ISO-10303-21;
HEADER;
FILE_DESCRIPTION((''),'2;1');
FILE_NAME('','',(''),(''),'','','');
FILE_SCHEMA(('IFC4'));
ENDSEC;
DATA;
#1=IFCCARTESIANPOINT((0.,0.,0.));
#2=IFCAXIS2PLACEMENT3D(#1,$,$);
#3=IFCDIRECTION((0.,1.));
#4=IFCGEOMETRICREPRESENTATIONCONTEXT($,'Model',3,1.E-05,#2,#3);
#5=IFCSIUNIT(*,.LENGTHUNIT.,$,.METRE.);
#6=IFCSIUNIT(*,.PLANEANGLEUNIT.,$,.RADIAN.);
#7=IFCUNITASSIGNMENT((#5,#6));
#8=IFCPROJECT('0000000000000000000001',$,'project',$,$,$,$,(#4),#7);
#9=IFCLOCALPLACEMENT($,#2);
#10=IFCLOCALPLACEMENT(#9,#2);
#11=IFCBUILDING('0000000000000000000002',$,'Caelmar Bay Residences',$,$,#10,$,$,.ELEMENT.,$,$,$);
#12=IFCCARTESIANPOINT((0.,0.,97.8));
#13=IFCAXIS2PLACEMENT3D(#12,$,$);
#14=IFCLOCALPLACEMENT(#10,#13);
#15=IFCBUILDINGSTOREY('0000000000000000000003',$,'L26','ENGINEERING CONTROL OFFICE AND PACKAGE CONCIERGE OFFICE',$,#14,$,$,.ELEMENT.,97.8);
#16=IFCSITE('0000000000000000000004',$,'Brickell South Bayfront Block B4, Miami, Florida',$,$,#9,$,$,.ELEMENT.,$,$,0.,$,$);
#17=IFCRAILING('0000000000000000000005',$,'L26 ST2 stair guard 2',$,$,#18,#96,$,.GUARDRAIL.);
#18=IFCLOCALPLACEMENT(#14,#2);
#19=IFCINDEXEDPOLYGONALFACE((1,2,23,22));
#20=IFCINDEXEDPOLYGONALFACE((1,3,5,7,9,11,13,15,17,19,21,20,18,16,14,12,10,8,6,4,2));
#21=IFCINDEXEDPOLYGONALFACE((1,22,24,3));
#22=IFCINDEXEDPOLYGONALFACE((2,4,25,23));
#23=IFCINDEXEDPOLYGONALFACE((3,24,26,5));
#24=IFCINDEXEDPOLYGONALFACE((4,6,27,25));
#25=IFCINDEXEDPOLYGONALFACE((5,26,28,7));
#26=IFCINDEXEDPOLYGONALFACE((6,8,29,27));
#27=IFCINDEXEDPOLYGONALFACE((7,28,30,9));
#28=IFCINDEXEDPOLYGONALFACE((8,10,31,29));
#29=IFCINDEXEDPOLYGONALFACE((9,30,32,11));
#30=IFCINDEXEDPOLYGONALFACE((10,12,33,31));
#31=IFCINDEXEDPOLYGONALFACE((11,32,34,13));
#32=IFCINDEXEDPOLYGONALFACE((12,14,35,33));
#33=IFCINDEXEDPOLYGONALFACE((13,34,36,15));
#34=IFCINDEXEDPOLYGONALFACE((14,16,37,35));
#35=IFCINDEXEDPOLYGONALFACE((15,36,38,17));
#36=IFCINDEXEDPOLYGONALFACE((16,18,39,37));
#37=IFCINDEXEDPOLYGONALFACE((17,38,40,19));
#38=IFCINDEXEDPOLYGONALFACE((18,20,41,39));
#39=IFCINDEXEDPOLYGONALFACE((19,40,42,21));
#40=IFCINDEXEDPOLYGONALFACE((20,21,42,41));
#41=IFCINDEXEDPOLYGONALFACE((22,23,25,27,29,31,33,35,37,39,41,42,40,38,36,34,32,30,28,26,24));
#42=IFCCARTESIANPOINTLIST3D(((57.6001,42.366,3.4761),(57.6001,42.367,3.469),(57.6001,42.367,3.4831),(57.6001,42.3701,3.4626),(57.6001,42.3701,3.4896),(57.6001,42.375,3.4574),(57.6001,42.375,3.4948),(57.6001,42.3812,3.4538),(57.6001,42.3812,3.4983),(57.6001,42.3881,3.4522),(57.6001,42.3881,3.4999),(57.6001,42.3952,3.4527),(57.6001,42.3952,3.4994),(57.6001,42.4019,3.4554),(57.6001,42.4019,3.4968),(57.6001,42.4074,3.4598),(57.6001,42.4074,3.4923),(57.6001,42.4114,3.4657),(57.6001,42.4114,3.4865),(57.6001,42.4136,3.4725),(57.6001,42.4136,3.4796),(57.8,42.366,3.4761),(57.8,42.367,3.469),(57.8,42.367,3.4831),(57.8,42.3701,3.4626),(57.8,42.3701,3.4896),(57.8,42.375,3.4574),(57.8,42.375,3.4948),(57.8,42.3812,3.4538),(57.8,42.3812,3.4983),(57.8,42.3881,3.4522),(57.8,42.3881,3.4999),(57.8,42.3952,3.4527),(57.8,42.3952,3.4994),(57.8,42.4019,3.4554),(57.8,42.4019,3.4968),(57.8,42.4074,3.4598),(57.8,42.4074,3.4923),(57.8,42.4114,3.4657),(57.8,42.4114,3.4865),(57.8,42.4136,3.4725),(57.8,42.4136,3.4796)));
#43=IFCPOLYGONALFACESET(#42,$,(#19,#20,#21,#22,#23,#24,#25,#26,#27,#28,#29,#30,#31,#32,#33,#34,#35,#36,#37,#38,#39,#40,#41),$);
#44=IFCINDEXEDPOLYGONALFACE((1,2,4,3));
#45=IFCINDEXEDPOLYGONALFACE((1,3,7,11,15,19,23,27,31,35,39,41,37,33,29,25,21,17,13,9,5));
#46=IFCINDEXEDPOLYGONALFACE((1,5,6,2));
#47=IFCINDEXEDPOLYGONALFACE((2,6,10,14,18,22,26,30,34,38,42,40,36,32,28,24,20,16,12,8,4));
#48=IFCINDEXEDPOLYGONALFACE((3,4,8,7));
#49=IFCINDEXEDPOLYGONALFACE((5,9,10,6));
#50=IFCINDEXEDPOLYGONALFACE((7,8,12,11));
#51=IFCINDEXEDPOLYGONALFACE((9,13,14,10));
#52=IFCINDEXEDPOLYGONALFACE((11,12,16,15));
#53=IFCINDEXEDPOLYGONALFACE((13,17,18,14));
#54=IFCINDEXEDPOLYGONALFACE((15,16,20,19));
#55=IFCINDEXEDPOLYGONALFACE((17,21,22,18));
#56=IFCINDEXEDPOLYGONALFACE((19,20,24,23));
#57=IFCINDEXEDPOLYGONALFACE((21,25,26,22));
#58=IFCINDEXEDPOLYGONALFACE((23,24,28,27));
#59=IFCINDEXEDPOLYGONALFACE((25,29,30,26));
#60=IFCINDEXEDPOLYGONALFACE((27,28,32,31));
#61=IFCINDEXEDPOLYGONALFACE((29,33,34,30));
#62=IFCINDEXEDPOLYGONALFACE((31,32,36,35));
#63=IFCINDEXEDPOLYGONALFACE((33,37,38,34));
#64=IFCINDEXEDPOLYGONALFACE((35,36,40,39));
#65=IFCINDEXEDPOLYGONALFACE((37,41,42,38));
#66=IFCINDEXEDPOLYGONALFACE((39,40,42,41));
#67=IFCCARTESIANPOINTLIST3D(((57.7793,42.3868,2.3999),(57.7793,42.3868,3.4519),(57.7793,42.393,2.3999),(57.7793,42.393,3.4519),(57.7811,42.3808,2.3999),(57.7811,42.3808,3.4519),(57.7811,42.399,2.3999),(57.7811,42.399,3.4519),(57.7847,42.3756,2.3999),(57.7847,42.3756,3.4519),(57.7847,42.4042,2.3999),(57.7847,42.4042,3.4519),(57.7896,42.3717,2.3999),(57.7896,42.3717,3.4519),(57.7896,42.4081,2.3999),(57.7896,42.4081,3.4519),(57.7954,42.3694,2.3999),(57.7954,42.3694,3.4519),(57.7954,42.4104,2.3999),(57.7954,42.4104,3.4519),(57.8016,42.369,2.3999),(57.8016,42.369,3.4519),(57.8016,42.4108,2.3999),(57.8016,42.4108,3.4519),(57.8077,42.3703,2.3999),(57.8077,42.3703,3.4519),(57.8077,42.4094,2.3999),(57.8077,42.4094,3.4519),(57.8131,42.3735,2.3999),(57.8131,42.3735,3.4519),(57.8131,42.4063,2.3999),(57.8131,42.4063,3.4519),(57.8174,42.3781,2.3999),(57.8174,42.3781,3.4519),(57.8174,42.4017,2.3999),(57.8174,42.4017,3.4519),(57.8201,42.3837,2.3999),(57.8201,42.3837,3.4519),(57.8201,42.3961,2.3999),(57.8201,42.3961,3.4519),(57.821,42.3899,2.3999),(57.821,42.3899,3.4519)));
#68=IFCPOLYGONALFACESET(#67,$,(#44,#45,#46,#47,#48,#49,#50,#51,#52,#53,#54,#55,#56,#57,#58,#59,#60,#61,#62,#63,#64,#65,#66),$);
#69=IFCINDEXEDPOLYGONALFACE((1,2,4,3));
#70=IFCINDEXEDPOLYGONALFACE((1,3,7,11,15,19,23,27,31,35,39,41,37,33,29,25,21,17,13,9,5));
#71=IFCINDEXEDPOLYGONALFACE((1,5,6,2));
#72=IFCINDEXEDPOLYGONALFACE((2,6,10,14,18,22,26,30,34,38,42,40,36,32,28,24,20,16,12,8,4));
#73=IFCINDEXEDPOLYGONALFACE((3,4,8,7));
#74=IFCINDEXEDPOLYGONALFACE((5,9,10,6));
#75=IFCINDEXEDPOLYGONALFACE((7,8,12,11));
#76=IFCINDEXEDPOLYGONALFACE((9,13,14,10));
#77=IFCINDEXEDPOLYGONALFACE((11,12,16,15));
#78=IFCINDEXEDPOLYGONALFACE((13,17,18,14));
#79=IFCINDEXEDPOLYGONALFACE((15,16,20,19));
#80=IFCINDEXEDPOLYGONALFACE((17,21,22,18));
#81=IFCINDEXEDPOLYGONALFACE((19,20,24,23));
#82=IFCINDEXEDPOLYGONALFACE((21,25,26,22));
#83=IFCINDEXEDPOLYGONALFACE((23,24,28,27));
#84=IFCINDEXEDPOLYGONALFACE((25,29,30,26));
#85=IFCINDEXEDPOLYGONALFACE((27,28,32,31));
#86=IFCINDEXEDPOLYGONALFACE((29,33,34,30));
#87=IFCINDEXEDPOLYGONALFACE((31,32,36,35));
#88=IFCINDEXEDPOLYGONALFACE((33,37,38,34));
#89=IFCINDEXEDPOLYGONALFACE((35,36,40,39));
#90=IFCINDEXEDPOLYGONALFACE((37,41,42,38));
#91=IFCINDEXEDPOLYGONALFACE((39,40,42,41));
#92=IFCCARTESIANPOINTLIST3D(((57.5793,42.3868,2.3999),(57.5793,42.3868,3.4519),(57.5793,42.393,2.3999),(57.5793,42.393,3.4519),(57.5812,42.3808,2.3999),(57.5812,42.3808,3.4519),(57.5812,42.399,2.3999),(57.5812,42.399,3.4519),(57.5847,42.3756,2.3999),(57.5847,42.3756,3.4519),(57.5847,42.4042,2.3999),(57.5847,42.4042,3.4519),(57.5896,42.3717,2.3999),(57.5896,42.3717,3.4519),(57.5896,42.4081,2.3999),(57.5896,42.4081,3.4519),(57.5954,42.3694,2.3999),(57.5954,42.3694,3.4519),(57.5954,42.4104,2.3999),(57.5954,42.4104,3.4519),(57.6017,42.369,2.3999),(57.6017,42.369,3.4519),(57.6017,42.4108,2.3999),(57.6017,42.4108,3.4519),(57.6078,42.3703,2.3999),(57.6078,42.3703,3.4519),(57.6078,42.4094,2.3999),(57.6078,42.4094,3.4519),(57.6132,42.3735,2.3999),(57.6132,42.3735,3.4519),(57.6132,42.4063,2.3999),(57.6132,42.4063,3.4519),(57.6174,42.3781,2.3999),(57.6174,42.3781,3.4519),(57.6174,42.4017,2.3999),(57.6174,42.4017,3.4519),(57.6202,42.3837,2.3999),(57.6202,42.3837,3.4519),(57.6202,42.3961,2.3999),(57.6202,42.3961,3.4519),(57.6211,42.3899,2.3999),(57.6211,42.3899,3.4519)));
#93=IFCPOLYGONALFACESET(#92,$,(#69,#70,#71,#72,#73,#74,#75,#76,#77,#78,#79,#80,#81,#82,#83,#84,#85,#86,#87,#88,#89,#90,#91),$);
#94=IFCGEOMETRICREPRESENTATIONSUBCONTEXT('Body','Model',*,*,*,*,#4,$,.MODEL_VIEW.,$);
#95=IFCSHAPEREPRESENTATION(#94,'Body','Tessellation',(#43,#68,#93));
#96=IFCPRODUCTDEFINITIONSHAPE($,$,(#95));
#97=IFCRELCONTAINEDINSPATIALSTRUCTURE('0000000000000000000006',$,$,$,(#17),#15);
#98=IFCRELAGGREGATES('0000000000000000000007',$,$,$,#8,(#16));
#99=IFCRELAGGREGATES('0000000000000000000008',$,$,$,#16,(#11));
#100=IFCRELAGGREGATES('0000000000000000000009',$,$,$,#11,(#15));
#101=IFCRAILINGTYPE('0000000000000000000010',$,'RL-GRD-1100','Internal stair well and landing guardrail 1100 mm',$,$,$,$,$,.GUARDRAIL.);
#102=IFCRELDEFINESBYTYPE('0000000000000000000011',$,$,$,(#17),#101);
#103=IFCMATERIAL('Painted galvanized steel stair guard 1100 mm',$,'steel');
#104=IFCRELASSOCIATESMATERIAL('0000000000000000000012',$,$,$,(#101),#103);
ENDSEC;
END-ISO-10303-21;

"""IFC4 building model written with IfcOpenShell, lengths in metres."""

from ifc_helpers import new_model, si_unit, direction, frame, origin, origin_2d, place, context, subcontext, project, spatial, circle, extrude, material, type_object, element, save


model = new_model("IFC4")

# Units and contexts
model_context = context("Model", 3, precision=1e-05, world=origin(), true_north=direction((0.0, 1.0)))
body_context = subcontext(model_context, "Body", "Model", "MODEL_VIEW")
ifc_project = project(units=[si_unit("LENGTHUNIT", "METRE"), si_unit("PLANEANGLEUNIT", "RADIAN")], contexts=[model_context])

# Site, building, storey
site_placement = place(None, origin())
site = spatial("IfcSite", under=ifc_project, at=site_placement, Name="Brickell South Bayfront Block B4, Miami, Florida", CompositionType="ELEMENT", RefElevation=0.0)
building_placement = place(site_placement, origin())
building = spatial("IfcBuilding", under=site, at=building_placement, Name="Caelmar Bay Residences", CompositionType="ELEMENT")
storey_placement = place(building_placement, frame((0.0, 0.0, 97.8)))
storey = spatial("IfcBuildingStorey", under=building, at=storey_placement, Name="L26", Description="ENGINEERING CONTROL OFFICE AND PACKAGE CONCIERGE OFFICE", CompositionType="ELEMENT", Elevation=97.8)

# Railing
ifc_material_1 = material(Name="Painted galvanized steel stair guard 1100 mm", Category="steel")
railing_type_1 = type_object("IfcRailingType", Name="RL-GRD-1100", Description="Internal stair well and landing guardrail 1100 mm", PredefinedType="GUARDRAIL", material=ifc_material_1)
railing_1_placement = place(storey_placement, frame((57.8, 42.3899, 2.3999)))
element("IfcRailing", 1, at=railing_1_placement, inside=storey, type_object=railing_type_1, Name="L26 ST2 stair guard 2", PredefinedType="GUARDRAIL", context=body_context, shape_type="SweptSolid", body=[
    extrude(circle(Radius=0.0239, at=origin_2d()), frame((0.0, 0.0, 1.0762), z_axis=(-1.0, 0.0, 0.0), x_axis=(0.0, -1.0, 0.0)), (0.0, 0.0, 1.0), 0.2),
    extrude(circle(Radius=0.021, at=origin_2d()), origin(), (0.0, 0.0, 1.0), 1.052),
    extrude(circle(Radius=0.021, at=origin_2d()), frame((-0.2, 0.0, 0.0)), (0.0, 0.0, 1.0), 1.052),
])

save(model, "model.ifc")
